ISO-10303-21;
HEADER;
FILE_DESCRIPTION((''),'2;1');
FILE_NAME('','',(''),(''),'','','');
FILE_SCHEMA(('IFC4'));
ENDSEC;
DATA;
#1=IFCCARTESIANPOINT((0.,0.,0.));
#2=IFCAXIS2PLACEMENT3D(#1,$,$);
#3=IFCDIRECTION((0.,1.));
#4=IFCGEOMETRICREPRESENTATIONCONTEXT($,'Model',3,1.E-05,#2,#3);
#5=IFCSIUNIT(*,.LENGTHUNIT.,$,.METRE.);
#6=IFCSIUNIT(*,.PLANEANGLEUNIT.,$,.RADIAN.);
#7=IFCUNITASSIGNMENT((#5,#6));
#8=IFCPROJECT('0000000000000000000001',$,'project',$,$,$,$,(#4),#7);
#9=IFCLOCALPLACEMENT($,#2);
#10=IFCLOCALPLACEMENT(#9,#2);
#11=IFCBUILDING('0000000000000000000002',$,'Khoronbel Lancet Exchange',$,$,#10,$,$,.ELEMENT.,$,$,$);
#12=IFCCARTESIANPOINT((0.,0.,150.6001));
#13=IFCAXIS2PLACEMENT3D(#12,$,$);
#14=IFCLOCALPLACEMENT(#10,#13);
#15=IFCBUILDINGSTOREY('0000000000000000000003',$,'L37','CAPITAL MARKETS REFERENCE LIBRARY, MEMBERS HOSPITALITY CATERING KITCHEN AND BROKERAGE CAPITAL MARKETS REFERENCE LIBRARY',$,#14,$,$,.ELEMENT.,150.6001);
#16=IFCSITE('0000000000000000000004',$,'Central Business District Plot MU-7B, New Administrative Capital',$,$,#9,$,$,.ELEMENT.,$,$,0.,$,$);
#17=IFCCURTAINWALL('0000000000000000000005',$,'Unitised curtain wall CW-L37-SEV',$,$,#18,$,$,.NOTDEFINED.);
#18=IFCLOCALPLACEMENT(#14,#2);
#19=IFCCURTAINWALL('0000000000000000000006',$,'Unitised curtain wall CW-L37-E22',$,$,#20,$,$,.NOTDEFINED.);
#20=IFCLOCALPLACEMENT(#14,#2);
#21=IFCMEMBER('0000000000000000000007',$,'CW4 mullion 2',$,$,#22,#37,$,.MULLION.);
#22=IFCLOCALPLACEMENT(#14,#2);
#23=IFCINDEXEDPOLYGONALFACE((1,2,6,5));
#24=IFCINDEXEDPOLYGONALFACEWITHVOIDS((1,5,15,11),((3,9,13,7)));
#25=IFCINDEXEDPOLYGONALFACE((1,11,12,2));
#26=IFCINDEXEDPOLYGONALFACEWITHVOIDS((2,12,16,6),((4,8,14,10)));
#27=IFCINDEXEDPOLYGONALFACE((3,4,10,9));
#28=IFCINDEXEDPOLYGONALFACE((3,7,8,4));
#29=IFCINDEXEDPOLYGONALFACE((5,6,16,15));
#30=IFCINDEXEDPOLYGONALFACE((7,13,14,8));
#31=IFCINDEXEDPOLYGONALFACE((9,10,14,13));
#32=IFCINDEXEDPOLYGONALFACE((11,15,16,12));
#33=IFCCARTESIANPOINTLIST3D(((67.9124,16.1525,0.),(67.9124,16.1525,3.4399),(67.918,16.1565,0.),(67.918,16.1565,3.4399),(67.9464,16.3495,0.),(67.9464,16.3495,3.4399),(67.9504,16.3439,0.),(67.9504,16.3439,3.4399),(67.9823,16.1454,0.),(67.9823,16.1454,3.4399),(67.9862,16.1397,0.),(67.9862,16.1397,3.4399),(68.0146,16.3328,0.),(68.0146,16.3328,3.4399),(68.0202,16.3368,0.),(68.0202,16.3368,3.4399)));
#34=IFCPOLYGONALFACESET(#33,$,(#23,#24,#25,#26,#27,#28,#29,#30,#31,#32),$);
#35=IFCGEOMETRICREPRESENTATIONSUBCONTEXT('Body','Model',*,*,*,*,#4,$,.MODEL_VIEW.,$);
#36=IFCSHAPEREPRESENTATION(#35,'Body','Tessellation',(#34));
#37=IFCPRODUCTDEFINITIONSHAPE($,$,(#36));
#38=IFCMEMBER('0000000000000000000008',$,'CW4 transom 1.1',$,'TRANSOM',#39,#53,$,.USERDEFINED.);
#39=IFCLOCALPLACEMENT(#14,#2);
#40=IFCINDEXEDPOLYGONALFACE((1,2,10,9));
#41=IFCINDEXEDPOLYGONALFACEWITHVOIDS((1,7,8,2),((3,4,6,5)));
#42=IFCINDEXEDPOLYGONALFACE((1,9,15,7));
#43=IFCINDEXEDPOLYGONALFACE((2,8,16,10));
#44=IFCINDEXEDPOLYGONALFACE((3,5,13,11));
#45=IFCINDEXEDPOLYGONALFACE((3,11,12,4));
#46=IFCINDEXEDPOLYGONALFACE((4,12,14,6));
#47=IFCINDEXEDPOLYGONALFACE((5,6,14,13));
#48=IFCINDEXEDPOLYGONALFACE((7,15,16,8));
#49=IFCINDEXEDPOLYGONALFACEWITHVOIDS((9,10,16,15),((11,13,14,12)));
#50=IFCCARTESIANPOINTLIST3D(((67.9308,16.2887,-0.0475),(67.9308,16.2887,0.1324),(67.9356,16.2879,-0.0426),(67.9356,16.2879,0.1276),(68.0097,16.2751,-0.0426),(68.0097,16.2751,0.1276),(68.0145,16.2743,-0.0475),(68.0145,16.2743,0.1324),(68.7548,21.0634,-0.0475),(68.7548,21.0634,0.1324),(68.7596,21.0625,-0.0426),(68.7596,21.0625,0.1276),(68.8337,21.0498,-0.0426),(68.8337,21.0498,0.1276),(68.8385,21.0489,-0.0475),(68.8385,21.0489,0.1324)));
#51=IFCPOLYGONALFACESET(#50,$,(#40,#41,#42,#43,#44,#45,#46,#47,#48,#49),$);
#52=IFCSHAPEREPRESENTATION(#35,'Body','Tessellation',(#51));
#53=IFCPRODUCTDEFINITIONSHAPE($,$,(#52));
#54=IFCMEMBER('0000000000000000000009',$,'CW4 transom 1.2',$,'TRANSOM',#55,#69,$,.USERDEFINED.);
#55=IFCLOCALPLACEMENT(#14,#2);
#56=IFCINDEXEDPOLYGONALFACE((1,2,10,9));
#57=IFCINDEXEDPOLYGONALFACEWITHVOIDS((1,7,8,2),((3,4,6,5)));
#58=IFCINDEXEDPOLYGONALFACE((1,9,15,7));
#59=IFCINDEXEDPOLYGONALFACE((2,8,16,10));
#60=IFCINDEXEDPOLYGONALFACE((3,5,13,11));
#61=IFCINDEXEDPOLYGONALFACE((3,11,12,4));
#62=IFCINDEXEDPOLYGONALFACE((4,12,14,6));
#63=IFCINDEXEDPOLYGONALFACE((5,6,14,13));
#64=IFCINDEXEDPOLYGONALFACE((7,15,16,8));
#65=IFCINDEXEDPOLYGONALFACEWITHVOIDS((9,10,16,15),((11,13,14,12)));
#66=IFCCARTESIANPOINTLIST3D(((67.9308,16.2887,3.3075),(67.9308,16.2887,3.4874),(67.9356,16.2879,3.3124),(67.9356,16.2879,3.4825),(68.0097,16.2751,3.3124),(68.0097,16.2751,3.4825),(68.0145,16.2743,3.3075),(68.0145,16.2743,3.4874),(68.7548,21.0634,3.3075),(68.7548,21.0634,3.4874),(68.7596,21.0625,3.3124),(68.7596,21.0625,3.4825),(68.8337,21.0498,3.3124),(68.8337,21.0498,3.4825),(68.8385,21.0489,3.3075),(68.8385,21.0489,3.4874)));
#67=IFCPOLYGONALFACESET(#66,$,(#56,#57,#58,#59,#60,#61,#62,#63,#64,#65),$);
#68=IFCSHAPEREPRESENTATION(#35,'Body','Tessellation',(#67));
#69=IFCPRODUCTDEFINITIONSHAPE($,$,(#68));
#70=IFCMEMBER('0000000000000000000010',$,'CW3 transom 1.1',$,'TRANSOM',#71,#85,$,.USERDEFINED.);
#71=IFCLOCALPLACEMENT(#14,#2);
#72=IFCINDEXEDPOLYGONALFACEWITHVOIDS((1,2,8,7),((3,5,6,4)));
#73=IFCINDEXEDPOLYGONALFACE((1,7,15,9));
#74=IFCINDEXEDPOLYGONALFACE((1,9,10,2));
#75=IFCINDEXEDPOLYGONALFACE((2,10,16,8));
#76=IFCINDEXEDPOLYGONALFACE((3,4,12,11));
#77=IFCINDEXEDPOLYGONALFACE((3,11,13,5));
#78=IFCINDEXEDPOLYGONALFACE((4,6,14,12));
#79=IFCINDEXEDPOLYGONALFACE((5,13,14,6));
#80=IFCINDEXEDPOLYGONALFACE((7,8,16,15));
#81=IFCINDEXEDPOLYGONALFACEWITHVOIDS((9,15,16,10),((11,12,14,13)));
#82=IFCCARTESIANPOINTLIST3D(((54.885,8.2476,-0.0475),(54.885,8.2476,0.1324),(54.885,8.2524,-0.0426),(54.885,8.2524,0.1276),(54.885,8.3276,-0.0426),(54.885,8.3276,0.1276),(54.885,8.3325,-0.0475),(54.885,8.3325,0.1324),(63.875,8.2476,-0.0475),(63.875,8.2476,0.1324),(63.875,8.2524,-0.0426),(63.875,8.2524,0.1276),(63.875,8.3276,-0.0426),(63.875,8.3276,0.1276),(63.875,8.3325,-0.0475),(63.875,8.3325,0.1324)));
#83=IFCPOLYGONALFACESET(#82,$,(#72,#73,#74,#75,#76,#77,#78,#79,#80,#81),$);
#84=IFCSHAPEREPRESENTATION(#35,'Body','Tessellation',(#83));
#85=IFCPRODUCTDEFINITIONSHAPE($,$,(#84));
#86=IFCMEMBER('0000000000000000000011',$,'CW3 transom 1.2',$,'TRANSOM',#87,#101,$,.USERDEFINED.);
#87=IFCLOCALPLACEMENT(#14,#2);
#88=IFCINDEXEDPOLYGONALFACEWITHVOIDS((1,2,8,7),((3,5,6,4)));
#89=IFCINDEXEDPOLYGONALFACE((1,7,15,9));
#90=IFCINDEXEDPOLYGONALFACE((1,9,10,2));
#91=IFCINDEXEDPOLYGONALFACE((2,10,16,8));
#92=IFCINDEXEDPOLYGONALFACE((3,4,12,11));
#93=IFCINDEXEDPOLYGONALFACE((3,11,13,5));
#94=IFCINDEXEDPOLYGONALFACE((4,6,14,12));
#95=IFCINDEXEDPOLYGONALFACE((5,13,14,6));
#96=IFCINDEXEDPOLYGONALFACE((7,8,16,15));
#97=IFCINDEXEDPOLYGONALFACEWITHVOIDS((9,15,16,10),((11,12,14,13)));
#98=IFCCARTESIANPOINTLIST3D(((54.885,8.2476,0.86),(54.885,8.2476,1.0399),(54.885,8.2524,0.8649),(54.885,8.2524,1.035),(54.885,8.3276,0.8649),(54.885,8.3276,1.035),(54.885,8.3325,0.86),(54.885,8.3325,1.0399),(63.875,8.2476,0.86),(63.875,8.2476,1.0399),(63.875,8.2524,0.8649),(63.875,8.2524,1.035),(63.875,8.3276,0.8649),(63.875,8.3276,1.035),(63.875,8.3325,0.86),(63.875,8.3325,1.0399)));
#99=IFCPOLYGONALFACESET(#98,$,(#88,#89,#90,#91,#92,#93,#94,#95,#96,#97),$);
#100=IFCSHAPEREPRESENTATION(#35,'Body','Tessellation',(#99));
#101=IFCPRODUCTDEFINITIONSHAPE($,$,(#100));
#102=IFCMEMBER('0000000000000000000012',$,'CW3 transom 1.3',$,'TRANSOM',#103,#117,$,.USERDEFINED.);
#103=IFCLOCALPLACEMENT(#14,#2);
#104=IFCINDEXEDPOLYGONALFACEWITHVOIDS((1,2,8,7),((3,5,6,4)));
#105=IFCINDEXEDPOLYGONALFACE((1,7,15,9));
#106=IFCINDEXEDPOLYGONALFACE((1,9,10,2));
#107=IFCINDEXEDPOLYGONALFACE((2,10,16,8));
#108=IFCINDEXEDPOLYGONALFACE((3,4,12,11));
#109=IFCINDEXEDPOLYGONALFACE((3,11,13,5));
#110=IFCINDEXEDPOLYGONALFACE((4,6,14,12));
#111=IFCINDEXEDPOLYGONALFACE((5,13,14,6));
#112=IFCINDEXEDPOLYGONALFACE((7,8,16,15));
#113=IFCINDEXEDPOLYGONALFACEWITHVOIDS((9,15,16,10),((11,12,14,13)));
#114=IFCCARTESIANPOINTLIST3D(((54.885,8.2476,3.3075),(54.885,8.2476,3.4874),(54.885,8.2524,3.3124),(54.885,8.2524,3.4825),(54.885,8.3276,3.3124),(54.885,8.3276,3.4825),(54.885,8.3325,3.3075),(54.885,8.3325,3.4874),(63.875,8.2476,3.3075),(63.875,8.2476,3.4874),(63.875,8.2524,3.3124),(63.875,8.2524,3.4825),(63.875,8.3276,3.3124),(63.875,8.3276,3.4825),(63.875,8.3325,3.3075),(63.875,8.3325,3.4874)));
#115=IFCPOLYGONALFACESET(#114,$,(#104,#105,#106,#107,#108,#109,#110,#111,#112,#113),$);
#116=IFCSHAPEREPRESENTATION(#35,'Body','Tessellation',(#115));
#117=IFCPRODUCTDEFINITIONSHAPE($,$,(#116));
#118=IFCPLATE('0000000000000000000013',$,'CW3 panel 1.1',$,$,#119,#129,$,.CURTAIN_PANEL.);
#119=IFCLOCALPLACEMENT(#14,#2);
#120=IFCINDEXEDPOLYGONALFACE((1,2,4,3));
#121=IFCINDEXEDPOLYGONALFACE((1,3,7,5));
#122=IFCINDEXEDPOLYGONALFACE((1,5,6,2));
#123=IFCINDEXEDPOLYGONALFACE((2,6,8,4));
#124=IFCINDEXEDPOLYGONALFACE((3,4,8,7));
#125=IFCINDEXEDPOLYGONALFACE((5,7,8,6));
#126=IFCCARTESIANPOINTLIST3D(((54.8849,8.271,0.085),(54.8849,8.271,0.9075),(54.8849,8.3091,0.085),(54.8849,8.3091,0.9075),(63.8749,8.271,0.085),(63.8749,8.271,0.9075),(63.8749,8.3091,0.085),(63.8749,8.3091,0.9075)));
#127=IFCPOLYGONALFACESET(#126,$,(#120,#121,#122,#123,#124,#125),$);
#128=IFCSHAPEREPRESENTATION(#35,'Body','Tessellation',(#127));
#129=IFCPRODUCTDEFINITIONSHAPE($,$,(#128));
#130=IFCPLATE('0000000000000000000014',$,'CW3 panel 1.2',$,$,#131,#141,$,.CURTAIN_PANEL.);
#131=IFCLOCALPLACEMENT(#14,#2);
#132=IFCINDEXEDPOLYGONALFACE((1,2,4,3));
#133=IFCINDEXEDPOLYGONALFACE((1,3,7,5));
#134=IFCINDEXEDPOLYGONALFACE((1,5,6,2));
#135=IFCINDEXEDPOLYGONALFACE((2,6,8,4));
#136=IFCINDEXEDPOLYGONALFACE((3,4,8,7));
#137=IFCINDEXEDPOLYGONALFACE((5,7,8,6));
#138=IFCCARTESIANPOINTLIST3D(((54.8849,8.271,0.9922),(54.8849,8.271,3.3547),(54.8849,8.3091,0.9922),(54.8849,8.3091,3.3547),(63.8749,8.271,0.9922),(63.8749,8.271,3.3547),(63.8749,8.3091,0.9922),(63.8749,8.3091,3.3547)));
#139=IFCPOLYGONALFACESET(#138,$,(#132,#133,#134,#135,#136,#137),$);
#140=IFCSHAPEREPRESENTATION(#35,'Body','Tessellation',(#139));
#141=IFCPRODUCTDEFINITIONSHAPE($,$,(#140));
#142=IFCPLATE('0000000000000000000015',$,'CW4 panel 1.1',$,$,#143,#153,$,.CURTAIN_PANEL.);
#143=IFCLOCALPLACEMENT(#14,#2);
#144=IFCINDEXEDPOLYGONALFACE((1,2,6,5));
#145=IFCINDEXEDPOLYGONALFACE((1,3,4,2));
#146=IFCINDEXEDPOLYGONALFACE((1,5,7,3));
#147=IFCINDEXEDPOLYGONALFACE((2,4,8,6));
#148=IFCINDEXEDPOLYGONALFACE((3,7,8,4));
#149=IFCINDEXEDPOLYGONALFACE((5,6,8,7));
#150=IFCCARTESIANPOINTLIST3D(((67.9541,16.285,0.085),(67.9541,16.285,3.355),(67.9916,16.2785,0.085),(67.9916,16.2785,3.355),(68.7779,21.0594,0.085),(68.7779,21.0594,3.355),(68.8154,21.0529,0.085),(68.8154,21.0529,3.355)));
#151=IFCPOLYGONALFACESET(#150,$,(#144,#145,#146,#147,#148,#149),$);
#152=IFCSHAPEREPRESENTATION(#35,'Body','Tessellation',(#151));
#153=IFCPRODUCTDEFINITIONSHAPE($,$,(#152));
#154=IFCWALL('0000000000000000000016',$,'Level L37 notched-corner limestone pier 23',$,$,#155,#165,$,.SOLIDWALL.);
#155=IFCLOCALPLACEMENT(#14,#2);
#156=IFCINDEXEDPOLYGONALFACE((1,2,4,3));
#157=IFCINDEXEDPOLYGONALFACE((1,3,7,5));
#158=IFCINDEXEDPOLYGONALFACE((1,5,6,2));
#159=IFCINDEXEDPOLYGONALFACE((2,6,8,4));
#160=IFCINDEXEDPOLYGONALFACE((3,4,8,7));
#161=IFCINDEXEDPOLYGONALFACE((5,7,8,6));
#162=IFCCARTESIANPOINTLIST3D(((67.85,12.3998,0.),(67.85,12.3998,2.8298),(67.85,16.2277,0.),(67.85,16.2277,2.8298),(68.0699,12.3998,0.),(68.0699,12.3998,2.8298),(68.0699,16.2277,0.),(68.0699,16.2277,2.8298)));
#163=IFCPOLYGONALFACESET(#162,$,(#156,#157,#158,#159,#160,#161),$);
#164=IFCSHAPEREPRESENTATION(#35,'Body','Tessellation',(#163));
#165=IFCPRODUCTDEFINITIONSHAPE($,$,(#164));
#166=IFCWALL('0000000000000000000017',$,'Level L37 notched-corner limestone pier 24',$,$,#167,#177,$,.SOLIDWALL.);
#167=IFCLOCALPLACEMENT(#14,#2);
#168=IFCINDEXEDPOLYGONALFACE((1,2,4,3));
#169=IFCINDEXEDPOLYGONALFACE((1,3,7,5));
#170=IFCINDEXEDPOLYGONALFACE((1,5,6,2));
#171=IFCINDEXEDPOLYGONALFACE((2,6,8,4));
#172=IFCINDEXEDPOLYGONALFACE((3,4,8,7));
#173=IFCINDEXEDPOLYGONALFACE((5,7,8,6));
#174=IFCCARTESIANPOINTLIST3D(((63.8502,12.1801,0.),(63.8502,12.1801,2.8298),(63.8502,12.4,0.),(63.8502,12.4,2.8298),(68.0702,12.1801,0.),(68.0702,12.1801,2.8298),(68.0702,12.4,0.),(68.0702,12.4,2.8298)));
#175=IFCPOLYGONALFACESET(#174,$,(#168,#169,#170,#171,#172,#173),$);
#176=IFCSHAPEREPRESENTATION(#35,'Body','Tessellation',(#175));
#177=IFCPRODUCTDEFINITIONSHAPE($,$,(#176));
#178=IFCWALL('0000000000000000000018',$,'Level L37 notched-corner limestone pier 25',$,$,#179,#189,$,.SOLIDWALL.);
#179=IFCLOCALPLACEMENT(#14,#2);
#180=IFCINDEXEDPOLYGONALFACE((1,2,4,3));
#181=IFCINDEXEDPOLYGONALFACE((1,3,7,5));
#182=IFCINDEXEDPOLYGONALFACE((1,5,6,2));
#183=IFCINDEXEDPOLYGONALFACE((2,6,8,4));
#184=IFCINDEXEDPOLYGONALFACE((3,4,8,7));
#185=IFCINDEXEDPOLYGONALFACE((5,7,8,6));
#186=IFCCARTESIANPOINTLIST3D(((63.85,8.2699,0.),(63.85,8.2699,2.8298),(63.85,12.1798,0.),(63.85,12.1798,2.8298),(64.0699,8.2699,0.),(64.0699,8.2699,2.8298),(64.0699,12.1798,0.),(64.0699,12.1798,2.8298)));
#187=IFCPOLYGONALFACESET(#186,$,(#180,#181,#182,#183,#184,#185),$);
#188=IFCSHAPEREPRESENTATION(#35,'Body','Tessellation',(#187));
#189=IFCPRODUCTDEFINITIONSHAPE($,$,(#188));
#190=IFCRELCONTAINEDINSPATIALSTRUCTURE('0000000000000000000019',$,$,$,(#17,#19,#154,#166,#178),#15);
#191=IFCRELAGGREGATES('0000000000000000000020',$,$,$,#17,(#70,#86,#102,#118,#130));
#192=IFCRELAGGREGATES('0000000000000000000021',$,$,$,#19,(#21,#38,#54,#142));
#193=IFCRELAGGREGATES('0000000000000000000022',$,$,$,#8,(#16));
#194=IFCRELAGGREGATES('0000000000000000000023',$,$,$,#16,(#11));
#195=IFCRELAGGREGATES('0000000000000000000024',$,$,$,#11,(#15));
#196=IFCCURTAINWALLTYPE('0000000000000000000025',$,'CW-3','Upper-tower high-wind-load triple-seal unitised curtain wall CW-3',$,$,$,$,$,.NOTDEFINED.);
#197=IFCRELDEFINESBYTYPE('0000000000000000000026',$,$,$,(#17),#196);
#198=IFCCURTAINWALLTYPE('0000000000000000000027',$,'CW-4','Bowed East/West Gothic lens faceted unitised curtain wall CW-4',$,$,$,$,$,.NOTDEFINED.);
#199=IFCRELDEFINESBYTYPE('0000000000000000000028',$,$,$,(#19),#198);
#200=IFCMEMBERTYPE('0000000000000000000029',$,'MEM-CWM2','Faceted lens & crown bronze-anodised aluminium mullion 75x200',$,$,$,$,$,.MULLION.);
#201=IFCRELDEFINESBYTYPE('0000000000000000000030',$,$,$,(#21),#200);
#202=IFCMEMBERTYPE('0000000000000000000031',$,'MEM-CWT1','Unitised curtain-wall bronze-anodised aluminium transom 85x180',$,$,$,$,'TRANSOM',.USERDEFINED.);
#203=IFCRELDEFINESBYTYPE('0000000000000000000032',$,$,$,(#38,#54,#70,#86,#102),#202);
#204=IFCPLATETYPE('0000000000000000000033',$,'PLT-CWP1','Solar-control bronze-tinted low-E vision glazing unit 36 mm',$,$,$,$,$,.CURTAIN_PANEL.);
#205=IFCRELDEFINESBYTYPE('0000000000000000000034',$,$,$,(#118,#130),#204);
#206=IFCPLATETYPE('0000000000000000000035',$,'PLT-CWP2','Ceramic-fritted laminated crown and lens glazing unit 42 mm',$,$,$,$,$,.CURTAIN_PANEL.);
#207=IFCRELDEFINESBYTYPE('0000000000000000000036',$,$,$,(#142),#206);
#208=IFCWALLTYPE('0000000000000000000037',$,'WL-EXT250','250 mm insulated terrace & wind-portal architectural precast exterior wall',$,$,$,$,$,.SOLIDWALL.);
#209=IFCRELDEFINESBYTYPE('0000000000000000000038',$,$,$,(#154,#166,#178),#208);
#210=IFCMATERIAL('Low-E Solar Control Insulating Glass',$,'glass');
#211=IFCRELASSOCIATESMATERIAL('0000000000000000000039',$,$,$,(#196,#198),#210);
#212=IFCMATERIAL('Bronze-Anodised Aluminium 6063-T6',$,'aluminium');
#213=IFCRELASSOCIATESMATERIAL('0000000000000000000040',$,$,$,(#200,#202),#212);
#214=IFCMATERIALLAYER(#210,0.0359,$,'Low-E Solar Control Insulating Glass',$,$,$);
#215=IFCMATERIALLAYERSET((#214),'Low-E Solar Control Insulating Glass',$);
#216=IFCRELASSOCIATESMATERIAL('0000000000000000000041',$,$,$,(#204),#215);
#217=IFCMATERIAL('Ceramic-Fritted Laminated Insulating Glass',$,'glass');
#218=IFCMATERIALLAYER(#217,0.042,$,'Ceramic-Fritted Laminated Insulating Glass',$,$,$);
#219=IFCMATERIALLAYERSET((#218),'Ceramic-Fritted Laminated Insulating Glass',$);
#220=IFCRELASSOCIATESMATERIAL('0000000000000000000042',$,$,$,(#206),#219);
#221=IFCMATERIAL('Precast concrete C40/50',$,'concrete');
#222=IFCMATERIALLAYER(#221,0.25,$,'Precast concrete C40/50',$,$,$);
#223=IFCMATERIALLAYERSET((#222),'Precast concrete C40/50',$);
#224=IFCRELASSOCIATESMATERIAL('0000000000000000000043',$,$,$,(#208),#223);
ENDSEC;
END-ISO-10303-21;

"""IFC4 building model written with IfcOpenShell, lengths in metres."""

from ifc_helpers import new_model, si_unit, direction, frame, frame_2d, origin, origin_2d, place, context, subcontext, project, spatial, rectangle, hollow_rectangle, extrude, material, layer, layer_set, material_profile, profile_set, type_object, element, aggregate, save


model = new_model("IFC4")

# Units and contexts
model_context = context("Model", 3, precision=1e-05, world=origin(), true_north=direction((0.0, 1.0)))
body_context = subcontext(model_context, "Body", "Model", "MODEL_VIEW")
ifc_project = project(units=[si_unit("LENGTHUNIT", "METRE"), si_unit("PLANEANGLEUNIT", "RADIAN")], contexts=[model_context])

# Site, building, storey
site_placement = place(None, origin())
site = spatial("IfcSite", under=ifc_project, at=site_placement, Name="Central Business District Plot MU-7B, New Administrative Capital", CompositionType="ELEMENT", RefElevation=0.0)
building_placement = place(site_placement, origin())
building = spatial("IfcBuilding", under=site, at=building_placement, Name="Khoronbel Lancet Exchange", CompositionType="ELEMENT")
storey_placement = place(building_placement, frame((0.0, 0.0, 150.6001)))
storey = spatial("IfcBuildingStorey", under=building, at=storey_placement, Name="L37", Description="CAPITAL MARKETS REFERENCE LIBRARY, MEMBERS HOSPITALITY CATERING KITCHEN AND BROKERAGE CAPITAL MARKETS REFERENCE LIBRARY", CompositionType="ELEMENT", Elevation=150.6001)

# Shared definitions
ifc_material_1 = material(Name="Low-E Solar Control Insulating Glass", Category="glass")
curtain_wall_type_1 = type_object("IfcCurtainWallType", Name="CW-3", Description="Upper-tower high-wind-load triple-seal unitised curtain wall CW-3", PredefinedType="NOTDEFINED", material=ifc_material_1)
ifc_material_2 = material(Name="Bronze-Anodised Aluminium 6063-T6", Category="aluminium")

# Curtain wall
curtain_wall_1_placement = place(storey_placement, origin())
curtain_wall_1 = element("IfcCurtainWall", 1, at=curtain_wall_1_placement, inside=storey, type_object=curtain_wall_type_1, Name="Unitised curtain wall CW-L37-SEV", PredefinedType="NOTDEFINED")

# Shared definitions
curtain_wall_type_2 = type_object("IfcCurtainWallType", Name="CW-4", Description="Bowed East/West Gothic lens faceted unitised curtain wall CW-4", PredefinedType="NOTDEFINED", material=ifc_material_1)
ifc_material_profile_1 = material_profile(ifc_material_2, hollow_rectangle(XDim=0.075, YDim=0.2, WallThickness=0.0049, at=origin_2d()), Name="ALU MULLION 75x200")
ifc_profile_set_1 = profile_set([ifc_material_profile_1], Name="Bronze-Anodised Aluminium 6063-T6")
member_type_1 = type_object("IfcMemberType", Name="MEM-CWM2", Description="Faceted lens & crown bronze-anodised aluminium mullion 75x200", PredefinedType="MULLION", material=ifc_profile_set_1)

# Curtain wall, members
curtain_wall_2_placement = place(storey_placement, origin())
curtain_wall_2 = element("IfcCurtainWall", 2, at=curtain_wall_2_placement, inside=storey, type_object=curtain_wall_type_2, Name="Unitised curtain wall CW-L37-E22", PredefinedType="NOTDEFINED")
member_1_placement = place(storey_placement, frame((67.9663, 16.2446, 0.0), z_axis=(0.0, 0.0, 1.0), x_axis=(0.985439, -0.170029, 0.0)))
member_1 = element("IfcMember", 3, at=member_1_placement, type_object=member_type_1, Name="CW4 mullion 2", PredefinedType="MULLION", context=body_context, shape_type="SweptSolid", body=[
    extrude(hollow_rectangle(XDim=0.075, YDim=0.2, WallThickness=0.0049, at=origin_2d()), origin(), (0.0, 0.0, 1.0), 3.4399),
])
ifc_material_profile_2 = material_profile(ifc_material_2, hollow_rectangle(XDim=0.085, YDim=0.1799, WallThickness=0.0049, at=origin_2d()), Name="ALU TRANSOM 85x180")
ifc_profile_set_2 = profile_set([ifc_material_profile_2], Name="Bronze-Anodised Aluminium 6063-T6")
member_type_2 = type_object("IfcMemberType", Name="MEM-CWT1", Description="Unitised curtain-wall bronze-anodised aluminium transom 85x180", ElementType="TRANSOM", PredefinedType="USERDEFINED", material=ifc_profile_set_2)
member_2_placement = place(storey_placement, frame((68.7966, 21.0562, 0.0425), z_axis=(-0.170059, -0.985434, 0.0), x_axis=(0.985434, -0.170059, 0.0)))
member_2 = element("IfcMember", 4, at=member_2_placement, type_object=member_type_2, Name="CW4 transom 1.1", ObjectType="TRANSOM", PredefinedType="USERDEFINED", context=body_context, shape_type="SweptSolid", body=[
    extrude(hollow_rectangle(XDim=0.085, YDim=0.1799, WallThickness=0.0049, at=origin_2d()), origin(), (0.0, 0.0, 1.0), 4.8452),
])
member_3_placement = place(storey_placement, frame((68.7966, 21.0562, 3.3975), z_axis=(-0.170059, -0.985434, 0.0), x_axis=(0.985434, -0.170059, 0.0)))
member_3 = element("IfcMember", 5, at=member_3_placement, type_object=member_type_2, Name="CW4 transom 1.2", ObjectType="TRANSOM", PredefinedType="USERDEFINED", context=body_context, shape_type="SweptSolid", body=[
    extrude(hollow_rectangle(XDim=0.085, YDim=0.1799, WallThickness=0.0049, at=origin_2d()), origin(), (0.0, 0.0, 1.0), 4.8452),
])

# Members
member_4_placement = place(storey_placement, frame((54.885, 8.29, 0.0425), z_axis=(1.0, 0.0, 0.0), x_axis=(0.0, 1.0, 0.0)))
member_4 = element("IfcMember", 6, at=member_4_placement, type_object=member_type_2, Name="CW3 transom 1.1", ObjectType="TRANSOM", PredefinedType="USERDEFINED", context=body_context, shape_type="SweptSolid", body=[
    extrude(hollow_rectangle(XDim=0.085, YDim=0.1799, WallThickness=0.0049, at=origin_2d()), origin(), (0.0, 0.0, 1.0), 8.99),
])
member_5_placement = place(storey_placement, frame((54.885, 8.29, 0.95), z_axis=(1.0, 0.0, 0.0), x_axis=(0.0, 1.0, 0.0)))
member_5 = element("IfcMember", 7, at=member_5_placement, type_object=member_type_2, Name="CW3 transom 1.2", ObjectType="TRANSOM", PredefinedType="USERDEFINED", context=body_context, shape_type="SweptSolid", body=[
    extrude(hollow_rectangle(XDim=0.085, YDim=0.1799, WallThickness=0.0049, at=origin_2d()), origin(), (0.0, 0.0, 1.0), 8.99),
])
member_6_placement = place(storey_placement, frame((54.885, 8.29, 3.3975), z_axis=(1.0, 0.0, 0.0), x_axis=(0.0, 1.0, 0.0)))
member_6 = element("IfcMember", 8, at=member_6_placement, type_object=member_type_2, Name="CW3 transom 1.3", ObjectType="TRANSOM", PredefinedType="USERDEFINED", context=body_context, shape_type="SweptSolid", body=[
    extrude(hollow_rectangle(XDim=0.085, YDim=0.1799, WallThickness=0.0049, at=origin_2d()), origin(), (0.0, 0.0, 1.0), 8.99),
])

# Plates
ifc_layer_1 = layer(ifc_material_1, 0.0359, Name="Low-E Solar Control Insulating Glass")
ifc_layer_set_1 = layer_set([ifc_layer_1], Name="Low-E Solar Control Insulating Glass")
plate_type_1 = type_object("IfcPlateType", Name="PLT-CWP1", Description="Solar-control bronze-tinted low-E vision glazing unit 36 mm", PredefinedType="CURTAIN_PANEL", material=ifc_layer_set_1)
plate_1_placement = place(storey_placement, frame((59.3799, 8.29, 0.085), z_axis=(0.0, 0.0, 1.0), x_axis=(1.0, 0.0, 0.0)))
plate_1 = element("IfcPlate", 9, at=plate_1_placement, type_object=plate_type_1, Name="CW3 panel 1.1", PredefinedType="CURTAIN_PANEL", context=body_context, shape_type="SweptSolid", body=[
    extrude(rectangle(XDim=8.99, YDim=0.0381, at=origin_2d()), origin(), (0.0, 0.0, 1.0), 0.8225),
])
plate_2_placement = place(storey_placement, frame((59.3799, 8.29, 0.9922), z_axis=(0.0, 0.0, 1.0), x_axis=(1.0, 0.0, 0.0)))
plate_2 = element("IfcPlate", 10, at=plate_2_placement, type_object=plate_type_1, Name="CW3 panel 1.2", PredefinedType="CURTAIN_PANEL", context=body_context, shape_type="SweptSolid", body=[
    extrude(rectangle(XDim=8.99, YDim=0.0381, at=origin_2d()), origin(), (0.0, 0.0, 1.0), 2.3625),
])
aggregate(curtain_wall_1, [member_4, member_5, member_6, plate_1, plate_2])
ifc_material_3 = material(Name="Ceramic-Fritted Laminated Insulating Glass", Category="glass")
ifc_layer_2 = layer(ifc_material_3, 0.042, Name="Ceramic-Fritted Laminated Insulating Glass")
ifc_layer_set_2 = layer_set([ifc_layer_2], Name="Ceramic-Fritted Laminated Insulating Glass")
plate_type_2 = type_object("IfcPlateType", Name="PLT-CWP2", Description="Ceramic-fritted laminated crown and lens glazing unit 42 mm", PredefinedType="CURTAIN_PANEL", material=ifc_layer_set_2)
plate_3_placement = place(storey_placement, frame((68.3848, 18.6689, 0.085), z_axis=(0.0, 0.0, 1.0), x_axis=(-0.170029, -0.985439, 0.0)))
plate_3 = element("IfcPlate", 11, at=plate_3_placement, type_object=plate_type_2, Name="CW4 panel 1.1", PredefinedType="CURTAIN_PANEL", context=body_context, shape_type="SweptSolid", body=[
    extrude(rectangle(XDim=4.845, YDim=0.0381, at=origin_2d()), origin(), (0.0, 0.0, 1.0), 3.27),
])
aggregate(curtain_wall_2, [member_1, member_2, member_3, plate_3])

# Walls
ifc_material_4 = material(Name="Precast concrete C40/50", Category="concrete")
ifc_layer_3 = layer(ifc_material_4, 0.25, Name="Precast concrete C40/50")
ifc_layer_set_3 = layer_set([ifc_layer_3], Name="Precast concrete C40/50")
wall_type_1 = type_object("IfcWallType", Name="WL-EXT250", Description="250 mm insulated terrace & wind-portal architectural precast exterior wall", PredefinedType="SOLIDWALL", material=ifc_layer_set_3)
wall_1_placement = place(storey_placement, frame((67.96, 16.2278, 0.0), z_axis=(0.0, 0.0, 1.0), x_axis=(0.0, -1.0, 0.0)))
element("IfcWall", 12, at=wall_1_placement, inside=storey, type_object=wall_type_1, Name="Level L37 notched-corner limestone pier 23", PredefinedType="SOLIDWALL", context=body_context, shape_type="SweptSolid", body=[
    extrude(rectangle(XDim=3.8279, YDim=0.22, at=frame_2d((1.9141, 0.0))), origin(), (0.0, 0.0, 1.0), 2.8298),
])
wall_2_placement = place(storey_placement, frame((68.0701, 12.29, 0.0), z_axis=(0.0, 0.0, 1.0), x_axis=(-1.0, 0.0, 0.0)))
element("IfcWall", 13, at=wall_2_placement, inside=storey, type_object=wall_type_1, Name="Level L37 notched-corner limestone pier 24", PredefinedType="SOLIDWALL", context=body_context, shape_type="SweptSolid", body=[
    extrude(rectangle(XDim=4.22, YDim=0.22, at=frame_2d((2.1099, 0.0))), origin(), (0.0, 0.0, 1.0), 2.8298),
])
wall_3_placement = place(storey_placement, frame((63.96, 12.1799, 0.0), z_axis=(0.0, 0.0, 1.0), x_axis=(0.0, -1.0, 0.0)))
element("IfcWall", 14, at=wall_3_placement, inside=storey, type_object=wall_type_1, Name="Level L37 notched-corner limestone pier 25", PredefinedType="SOLIDWALL", context=body_context, shape_type="SweptSolid", body=[
    extrude(rectangle(XDim=3.9099, YDim=0.22, at=frame_2d((1.9551, 0.0))), origin(), (0.0, 0.0, 1.0), 2.8298),
])

save(model, "model.ifc")
